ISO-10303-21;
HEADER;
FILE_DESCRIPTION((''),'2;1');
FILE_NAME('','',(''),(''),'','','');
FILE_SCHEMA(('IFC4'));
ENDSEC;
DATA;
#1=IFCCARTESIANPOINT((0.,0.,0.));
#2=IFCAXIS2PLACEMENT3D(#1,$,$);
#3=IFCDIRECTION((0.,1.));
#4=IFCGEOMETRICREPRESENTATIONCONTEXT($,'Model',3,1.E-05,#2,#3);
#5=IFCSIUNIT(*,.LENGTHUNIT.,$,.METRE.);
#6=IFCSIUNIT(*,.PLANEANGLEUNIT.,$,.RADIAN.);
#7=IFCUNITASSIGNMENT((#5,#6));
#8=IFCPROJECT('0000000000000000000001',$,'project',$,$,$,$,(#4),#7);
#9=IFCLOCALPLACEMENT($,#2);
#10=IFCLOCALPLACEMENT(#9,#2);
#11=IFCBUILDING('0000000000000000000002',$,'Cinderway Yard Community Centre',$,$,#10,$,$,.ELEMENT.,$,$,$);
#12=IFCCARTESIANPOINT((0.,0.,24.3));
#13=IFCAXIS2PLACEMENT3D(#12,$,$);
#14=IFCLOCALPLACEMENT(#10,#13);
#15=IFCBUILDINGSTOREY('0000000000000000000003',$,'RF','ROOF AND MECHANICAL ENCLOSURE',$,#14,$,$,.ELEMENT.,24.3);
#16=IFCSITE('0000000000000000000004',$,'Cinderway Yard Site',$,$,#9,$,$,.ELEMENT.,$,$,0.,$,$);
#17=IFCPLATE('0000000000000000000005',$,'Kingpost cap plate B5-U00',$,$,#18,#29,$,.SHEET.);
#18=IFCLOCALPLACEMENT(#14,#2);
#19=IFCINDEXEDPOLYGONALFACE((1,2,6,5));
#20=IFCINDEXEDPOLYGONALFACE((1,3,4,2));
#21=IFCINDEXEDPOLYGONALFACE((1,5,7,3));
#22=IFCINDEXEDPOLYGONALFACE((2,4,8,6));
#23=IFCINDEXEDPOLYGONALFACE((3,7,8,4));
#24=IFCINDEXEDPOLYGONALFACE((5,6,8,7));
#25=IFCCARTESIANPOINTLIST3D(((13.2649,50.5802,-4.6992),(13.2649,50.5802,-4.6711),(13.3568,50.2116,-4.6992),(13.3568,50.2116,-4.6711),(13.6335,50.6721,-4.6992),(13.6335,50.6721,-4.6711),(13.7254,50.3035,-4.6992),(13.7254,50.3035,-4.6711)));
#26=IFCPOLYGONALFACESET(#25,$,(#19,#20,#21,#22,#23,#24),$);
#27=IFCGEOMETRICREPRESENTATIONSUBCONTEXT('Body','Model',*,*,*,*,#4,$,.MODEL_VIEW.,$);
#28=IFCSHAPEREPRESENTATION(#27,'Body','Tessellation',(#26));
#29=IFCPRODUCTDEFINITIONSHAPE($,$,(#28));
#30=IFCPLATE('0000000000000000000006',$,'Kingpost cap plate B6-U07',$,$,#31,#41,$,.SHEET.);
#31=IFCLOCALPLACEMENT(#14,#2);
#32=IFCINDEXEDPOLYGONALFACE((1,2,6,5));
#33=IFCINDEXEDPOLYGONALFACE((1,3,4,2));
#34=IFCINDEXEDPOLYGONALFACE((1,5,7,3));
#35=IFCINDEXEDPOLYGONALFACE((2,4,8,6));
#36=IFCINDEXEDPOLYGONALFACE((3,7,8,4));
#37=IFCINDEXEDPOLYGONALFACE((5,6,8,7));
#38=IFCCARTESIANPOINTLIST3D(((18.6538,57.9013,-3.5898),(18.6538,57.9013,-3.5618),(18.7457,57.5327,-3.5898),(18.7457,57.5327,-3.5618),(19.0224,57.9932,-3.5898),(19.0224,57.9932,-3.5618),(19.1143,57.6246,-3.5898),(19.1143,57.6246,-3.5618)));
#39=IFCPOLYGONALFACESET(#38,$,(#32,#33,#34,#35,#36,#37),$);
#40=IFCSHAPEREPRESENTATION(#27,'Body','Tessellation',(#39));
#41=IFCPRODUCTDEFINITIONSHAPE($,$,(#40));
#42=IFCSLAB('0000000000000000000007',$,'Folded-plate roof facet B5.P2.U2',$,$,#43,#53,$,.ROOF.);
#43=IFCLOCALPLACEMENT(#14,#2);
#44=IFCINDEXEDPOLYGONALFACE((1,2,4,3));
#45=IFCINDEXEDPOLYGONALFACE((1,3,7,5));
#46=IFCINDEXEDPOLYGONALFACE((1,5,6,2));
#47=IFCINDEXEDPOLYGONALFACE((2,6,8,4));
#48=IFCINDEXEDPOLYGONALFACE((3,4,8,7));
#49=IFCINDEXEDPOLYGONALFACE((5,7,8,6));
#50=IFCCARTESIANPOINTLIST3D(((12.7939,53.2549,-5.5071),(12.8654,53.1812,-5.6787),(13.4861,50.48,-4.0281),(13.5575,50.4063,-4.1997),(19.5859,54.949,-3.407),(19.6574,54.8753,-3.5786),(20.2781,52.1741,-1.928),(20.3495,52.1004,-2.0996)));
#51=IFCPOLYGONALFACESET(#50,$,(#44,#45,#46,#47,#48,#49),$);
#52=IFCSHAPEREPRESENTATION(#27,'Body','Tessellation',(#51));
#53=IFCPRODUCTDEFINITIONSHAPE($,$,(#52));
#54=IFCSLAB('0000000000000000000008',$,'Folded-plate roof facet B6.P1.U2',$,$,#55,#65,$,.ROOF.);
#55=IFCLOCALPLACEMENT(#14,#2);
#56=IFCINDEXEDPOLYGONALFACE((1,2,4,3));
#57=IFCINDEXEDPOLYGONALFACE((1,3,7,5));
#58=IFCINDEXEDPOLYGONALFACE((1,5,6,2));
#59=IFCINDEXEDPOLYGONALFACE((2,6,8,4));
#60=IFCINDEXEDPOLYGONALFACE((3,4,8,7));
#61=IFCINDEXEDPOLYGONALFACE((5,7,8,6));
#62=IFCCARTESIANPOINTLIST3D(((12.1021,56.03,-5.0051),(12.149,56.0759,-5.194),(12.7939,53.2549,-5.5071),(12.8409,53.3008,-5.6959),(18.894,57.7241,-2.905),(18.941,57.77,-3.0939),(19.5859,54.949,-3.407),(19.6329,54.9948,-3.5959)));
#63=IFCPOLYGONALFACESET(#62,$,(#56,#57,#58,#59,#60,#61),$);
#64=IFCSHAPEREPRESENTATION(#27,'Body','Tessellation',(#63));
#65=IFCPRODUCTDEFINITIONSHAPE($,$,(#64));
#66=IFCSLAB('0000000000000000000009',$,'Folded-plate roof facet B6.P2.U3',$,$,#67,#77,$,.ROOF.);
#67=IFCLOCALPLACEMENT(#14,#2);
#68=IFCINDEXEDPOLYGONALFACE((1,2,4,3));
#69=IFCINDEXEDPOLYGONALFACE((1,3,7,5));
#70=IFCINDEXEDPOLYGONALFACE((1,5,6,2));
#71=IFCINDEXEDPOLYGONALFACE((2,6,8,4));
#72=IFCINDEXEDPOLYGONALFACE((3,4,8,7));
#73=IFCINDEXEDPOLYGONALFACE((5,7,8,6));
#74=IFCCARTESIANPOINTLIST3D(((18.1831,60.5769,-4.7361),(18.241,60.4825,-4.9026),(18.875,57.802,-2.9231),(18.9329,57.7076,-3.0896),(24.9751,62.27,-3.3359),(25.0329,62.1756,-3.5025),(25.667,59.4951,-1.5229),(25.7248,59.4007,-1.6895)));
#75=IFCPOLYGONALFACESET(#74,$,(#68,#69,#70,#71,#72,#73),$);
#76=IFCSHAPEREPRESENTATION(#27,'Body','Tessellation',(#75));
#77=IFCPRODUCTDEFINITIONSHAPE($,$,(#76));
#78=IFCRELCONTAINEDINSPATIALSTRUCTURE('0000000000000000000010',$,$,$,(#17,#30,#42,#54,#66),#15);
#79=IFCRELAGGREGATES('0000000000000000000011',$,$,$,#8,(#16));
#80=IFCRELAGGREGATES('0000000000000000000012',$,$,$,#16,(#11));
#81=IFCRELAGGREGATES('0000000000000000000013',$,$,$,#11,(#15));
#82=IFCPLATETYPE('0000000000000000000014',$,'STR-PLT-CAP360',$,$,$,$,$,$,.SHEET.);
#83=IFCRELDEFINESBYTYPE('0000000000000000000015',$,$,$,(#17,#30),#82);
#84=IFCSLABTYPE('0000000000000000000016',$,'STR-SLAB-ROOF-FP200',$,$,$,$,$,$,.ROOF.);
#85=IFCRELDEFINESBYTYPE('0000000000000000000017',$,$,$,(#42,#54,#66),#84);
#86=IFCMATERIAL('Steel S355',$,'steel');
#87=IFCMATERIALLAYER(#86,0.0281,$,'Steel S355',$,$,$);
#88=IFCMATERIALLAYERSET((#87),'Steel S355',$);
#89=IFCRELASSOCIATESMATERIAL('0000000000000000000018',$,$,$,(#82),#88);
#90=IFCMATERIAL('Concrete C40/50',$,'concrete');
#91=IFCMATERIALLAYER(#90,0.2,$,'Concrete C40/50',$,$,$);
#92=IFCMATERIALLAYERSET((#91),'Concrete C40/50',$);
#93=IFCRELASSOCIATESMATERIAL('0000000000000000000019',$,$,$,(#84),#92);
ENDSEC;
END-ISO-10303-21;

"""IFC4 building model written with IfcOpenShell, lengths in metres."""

from ifc_helpers import new_model, si_unit, direction, frame, origin, origin_2d, place, context, subcontext, project, spatial, polyline, rectangle, outline, extrude, material, layer, layer_set, type_object, element, save


model = new_model("IFC4")

# Units and contexts
model_context = context("Model", 3, precision=1e-05, world=origin(), true_north=direction((0.0, 1.0)))
body_context = subcontext(model_context, "Body", "Model", "MODEL_VIEW")
ifc_project = project(units=[si_unit("LENGTHUNIT", "METRE"), si_unit("PLANEANGLEUNIT", "RADIAN")], contexts=[model_context])

# Site, building, storey
site_placement = place(None, origin())
site = spatial("IfcSite", under=ifc_project, at=site_placement, Name="Cinderway Yard Site", CompositionType="ELEMENT", RefElevation=0.0)
building_placement = place(site_placement, origin())
building = spatial("IfcBuilding", under=site, at=building_placement, Name="Cinderway Yard Community Centre", CompositionType="ELEMENT")
storey_placement = place(building_placement, frame((0.0, 0.0, 24.3)))
storey = spatial("IfcBuildingStorey", under=building, at=storey_placement, Name="RF", Description="ROOF AND MECHANICAL ENCLOSURE", CompositionType="ELEMENT", Elevation=24.3)

# Shared definitions
ifc_material_1 = material(Name="Steel S355", Category="steel")

# Plates
ifc_layer_1 = layer(ifc_material_1, 0.0281, Name="Steel S355")
ifc_layer_set_1 = layer_set([ifc_layer_1], Name="Steel S355")
plate_type_1 = type_object("IfcPlateType", Name="STR-PLT-CAP360", PredefinedType="SHEET", material=ifc_layer_set_1)
for number, where, z_axis, x_axis, name in (
    (1, (13.4951, 50.4419, -4.6992), (0.0, 0.0, 1.0), (0.970296, 0.241922, 0.0), "Kingpost cap plate B5-U00"),
    (2, (18.884, 57.7629, -3.5898), (0.0, 0.0, 1.0), (0.970296, 0.241922, 0.0), "Kingpost cap plate B6-U07"),
):
    element("IfcPlate", number, at=place(storey_placement, frame(where, z_axis=z_axis, x_axis=x_axis)), inside=storey, type_object=plate_type_1, Name=name, PredefinedType="SHEET", context=body_context, shape_type="SweptSolid", body=[
        extrude(rectangle(XDim=0.3799, YDim=0.3799, at=origin_2d()), origin(), (0.0, 0.0, 1.0), 0.0281),
    ])

# Slabs
ifc_material_2 = material(Name="Concrete C40/50", Category="concrete")
ifc_layer_2 = layer(ifc_material_2, 0.2, Name="Concrete C40/50")
ifc_layer_set_2 = layer_set([ifc_layer_2], Name="Concrete C40/50")
slab_type = type_object("IfcSlabType", Name="STR-SLAB-ROOF-FP200", PredefinedType="ROOF", material=ifc_layer_set_2)
slab_1_placement = place(storey_placement, frame((13.4861, 50.48, -4.0281), z_axis=(-0.357265, 0.368355, 0.858299), x_axis=(0.929351, 0.231803, 0.287357)))
element("IfcSlab", 3, at=slab_1_placement, inside=storey, type_object=slab_type, Name="Folded-plate roof facet B5.P2.U2", PredefinedType="ROOF", context=body_context, shape_type="SweptSolid", body=[
    extrude(outline(polyline([(0.0, 0.0), (7.3083, 0.0), (6.8833, 3.1915), (-0.425, 3.1915), (0.0, 0.0)])), origin(), (0.0, 0.0, -1.0), 0.2),
])
slab_2_placement = place(storey_placement, frame((12.7939, 53.2549, -5.5071), z_axis=(-0.234846, -0.229401, 0.944575), x_axis=(0.929351, 0.231803, 0.287357)))
element("IfcSlab", 4, at=slab_2_placement, inside=storey, type_object=slab_type, Name="Folded-plate roof facet B6.P1.U2", PredefinedType="ROOF", context=body_context, shape_type="SweptSolid", body=[
    extrude(outline(polyline([(0.0, 0.0), (7.3083, 0.0), (7.4528, 2.9002), (0.1445, 2.9002), (0.0, 0.0)])), origin(), (0.0, 0.0, -1.0), 0.2),
])
slab_3_placement = place(storey_placement, frame((18.875, 57.802, -2.9231), z_axis=(-0.289329, 0.471964, 0.83279), x_axis=(0.951459, 0.237181, 0.19614)))
element("IfcSlab", 5, at=slab_3_placement, inside=storey, type_object=slab_type, Name="Folded-plate roof facet B6.P2.U3", PredefinedType="ROOF", context=body_context, shape_type="SweptSolid", body=[
    extrude(outline(polyline([(0.0, 0.0), (7.1385, 0.0), (6.7827, 3.3674), (-0.3558, 3.3674), (0.0, 0.0)])), origin(), (0.0, 0.0, -1.0), 0.2),
])

save(model, "model.ifc")
